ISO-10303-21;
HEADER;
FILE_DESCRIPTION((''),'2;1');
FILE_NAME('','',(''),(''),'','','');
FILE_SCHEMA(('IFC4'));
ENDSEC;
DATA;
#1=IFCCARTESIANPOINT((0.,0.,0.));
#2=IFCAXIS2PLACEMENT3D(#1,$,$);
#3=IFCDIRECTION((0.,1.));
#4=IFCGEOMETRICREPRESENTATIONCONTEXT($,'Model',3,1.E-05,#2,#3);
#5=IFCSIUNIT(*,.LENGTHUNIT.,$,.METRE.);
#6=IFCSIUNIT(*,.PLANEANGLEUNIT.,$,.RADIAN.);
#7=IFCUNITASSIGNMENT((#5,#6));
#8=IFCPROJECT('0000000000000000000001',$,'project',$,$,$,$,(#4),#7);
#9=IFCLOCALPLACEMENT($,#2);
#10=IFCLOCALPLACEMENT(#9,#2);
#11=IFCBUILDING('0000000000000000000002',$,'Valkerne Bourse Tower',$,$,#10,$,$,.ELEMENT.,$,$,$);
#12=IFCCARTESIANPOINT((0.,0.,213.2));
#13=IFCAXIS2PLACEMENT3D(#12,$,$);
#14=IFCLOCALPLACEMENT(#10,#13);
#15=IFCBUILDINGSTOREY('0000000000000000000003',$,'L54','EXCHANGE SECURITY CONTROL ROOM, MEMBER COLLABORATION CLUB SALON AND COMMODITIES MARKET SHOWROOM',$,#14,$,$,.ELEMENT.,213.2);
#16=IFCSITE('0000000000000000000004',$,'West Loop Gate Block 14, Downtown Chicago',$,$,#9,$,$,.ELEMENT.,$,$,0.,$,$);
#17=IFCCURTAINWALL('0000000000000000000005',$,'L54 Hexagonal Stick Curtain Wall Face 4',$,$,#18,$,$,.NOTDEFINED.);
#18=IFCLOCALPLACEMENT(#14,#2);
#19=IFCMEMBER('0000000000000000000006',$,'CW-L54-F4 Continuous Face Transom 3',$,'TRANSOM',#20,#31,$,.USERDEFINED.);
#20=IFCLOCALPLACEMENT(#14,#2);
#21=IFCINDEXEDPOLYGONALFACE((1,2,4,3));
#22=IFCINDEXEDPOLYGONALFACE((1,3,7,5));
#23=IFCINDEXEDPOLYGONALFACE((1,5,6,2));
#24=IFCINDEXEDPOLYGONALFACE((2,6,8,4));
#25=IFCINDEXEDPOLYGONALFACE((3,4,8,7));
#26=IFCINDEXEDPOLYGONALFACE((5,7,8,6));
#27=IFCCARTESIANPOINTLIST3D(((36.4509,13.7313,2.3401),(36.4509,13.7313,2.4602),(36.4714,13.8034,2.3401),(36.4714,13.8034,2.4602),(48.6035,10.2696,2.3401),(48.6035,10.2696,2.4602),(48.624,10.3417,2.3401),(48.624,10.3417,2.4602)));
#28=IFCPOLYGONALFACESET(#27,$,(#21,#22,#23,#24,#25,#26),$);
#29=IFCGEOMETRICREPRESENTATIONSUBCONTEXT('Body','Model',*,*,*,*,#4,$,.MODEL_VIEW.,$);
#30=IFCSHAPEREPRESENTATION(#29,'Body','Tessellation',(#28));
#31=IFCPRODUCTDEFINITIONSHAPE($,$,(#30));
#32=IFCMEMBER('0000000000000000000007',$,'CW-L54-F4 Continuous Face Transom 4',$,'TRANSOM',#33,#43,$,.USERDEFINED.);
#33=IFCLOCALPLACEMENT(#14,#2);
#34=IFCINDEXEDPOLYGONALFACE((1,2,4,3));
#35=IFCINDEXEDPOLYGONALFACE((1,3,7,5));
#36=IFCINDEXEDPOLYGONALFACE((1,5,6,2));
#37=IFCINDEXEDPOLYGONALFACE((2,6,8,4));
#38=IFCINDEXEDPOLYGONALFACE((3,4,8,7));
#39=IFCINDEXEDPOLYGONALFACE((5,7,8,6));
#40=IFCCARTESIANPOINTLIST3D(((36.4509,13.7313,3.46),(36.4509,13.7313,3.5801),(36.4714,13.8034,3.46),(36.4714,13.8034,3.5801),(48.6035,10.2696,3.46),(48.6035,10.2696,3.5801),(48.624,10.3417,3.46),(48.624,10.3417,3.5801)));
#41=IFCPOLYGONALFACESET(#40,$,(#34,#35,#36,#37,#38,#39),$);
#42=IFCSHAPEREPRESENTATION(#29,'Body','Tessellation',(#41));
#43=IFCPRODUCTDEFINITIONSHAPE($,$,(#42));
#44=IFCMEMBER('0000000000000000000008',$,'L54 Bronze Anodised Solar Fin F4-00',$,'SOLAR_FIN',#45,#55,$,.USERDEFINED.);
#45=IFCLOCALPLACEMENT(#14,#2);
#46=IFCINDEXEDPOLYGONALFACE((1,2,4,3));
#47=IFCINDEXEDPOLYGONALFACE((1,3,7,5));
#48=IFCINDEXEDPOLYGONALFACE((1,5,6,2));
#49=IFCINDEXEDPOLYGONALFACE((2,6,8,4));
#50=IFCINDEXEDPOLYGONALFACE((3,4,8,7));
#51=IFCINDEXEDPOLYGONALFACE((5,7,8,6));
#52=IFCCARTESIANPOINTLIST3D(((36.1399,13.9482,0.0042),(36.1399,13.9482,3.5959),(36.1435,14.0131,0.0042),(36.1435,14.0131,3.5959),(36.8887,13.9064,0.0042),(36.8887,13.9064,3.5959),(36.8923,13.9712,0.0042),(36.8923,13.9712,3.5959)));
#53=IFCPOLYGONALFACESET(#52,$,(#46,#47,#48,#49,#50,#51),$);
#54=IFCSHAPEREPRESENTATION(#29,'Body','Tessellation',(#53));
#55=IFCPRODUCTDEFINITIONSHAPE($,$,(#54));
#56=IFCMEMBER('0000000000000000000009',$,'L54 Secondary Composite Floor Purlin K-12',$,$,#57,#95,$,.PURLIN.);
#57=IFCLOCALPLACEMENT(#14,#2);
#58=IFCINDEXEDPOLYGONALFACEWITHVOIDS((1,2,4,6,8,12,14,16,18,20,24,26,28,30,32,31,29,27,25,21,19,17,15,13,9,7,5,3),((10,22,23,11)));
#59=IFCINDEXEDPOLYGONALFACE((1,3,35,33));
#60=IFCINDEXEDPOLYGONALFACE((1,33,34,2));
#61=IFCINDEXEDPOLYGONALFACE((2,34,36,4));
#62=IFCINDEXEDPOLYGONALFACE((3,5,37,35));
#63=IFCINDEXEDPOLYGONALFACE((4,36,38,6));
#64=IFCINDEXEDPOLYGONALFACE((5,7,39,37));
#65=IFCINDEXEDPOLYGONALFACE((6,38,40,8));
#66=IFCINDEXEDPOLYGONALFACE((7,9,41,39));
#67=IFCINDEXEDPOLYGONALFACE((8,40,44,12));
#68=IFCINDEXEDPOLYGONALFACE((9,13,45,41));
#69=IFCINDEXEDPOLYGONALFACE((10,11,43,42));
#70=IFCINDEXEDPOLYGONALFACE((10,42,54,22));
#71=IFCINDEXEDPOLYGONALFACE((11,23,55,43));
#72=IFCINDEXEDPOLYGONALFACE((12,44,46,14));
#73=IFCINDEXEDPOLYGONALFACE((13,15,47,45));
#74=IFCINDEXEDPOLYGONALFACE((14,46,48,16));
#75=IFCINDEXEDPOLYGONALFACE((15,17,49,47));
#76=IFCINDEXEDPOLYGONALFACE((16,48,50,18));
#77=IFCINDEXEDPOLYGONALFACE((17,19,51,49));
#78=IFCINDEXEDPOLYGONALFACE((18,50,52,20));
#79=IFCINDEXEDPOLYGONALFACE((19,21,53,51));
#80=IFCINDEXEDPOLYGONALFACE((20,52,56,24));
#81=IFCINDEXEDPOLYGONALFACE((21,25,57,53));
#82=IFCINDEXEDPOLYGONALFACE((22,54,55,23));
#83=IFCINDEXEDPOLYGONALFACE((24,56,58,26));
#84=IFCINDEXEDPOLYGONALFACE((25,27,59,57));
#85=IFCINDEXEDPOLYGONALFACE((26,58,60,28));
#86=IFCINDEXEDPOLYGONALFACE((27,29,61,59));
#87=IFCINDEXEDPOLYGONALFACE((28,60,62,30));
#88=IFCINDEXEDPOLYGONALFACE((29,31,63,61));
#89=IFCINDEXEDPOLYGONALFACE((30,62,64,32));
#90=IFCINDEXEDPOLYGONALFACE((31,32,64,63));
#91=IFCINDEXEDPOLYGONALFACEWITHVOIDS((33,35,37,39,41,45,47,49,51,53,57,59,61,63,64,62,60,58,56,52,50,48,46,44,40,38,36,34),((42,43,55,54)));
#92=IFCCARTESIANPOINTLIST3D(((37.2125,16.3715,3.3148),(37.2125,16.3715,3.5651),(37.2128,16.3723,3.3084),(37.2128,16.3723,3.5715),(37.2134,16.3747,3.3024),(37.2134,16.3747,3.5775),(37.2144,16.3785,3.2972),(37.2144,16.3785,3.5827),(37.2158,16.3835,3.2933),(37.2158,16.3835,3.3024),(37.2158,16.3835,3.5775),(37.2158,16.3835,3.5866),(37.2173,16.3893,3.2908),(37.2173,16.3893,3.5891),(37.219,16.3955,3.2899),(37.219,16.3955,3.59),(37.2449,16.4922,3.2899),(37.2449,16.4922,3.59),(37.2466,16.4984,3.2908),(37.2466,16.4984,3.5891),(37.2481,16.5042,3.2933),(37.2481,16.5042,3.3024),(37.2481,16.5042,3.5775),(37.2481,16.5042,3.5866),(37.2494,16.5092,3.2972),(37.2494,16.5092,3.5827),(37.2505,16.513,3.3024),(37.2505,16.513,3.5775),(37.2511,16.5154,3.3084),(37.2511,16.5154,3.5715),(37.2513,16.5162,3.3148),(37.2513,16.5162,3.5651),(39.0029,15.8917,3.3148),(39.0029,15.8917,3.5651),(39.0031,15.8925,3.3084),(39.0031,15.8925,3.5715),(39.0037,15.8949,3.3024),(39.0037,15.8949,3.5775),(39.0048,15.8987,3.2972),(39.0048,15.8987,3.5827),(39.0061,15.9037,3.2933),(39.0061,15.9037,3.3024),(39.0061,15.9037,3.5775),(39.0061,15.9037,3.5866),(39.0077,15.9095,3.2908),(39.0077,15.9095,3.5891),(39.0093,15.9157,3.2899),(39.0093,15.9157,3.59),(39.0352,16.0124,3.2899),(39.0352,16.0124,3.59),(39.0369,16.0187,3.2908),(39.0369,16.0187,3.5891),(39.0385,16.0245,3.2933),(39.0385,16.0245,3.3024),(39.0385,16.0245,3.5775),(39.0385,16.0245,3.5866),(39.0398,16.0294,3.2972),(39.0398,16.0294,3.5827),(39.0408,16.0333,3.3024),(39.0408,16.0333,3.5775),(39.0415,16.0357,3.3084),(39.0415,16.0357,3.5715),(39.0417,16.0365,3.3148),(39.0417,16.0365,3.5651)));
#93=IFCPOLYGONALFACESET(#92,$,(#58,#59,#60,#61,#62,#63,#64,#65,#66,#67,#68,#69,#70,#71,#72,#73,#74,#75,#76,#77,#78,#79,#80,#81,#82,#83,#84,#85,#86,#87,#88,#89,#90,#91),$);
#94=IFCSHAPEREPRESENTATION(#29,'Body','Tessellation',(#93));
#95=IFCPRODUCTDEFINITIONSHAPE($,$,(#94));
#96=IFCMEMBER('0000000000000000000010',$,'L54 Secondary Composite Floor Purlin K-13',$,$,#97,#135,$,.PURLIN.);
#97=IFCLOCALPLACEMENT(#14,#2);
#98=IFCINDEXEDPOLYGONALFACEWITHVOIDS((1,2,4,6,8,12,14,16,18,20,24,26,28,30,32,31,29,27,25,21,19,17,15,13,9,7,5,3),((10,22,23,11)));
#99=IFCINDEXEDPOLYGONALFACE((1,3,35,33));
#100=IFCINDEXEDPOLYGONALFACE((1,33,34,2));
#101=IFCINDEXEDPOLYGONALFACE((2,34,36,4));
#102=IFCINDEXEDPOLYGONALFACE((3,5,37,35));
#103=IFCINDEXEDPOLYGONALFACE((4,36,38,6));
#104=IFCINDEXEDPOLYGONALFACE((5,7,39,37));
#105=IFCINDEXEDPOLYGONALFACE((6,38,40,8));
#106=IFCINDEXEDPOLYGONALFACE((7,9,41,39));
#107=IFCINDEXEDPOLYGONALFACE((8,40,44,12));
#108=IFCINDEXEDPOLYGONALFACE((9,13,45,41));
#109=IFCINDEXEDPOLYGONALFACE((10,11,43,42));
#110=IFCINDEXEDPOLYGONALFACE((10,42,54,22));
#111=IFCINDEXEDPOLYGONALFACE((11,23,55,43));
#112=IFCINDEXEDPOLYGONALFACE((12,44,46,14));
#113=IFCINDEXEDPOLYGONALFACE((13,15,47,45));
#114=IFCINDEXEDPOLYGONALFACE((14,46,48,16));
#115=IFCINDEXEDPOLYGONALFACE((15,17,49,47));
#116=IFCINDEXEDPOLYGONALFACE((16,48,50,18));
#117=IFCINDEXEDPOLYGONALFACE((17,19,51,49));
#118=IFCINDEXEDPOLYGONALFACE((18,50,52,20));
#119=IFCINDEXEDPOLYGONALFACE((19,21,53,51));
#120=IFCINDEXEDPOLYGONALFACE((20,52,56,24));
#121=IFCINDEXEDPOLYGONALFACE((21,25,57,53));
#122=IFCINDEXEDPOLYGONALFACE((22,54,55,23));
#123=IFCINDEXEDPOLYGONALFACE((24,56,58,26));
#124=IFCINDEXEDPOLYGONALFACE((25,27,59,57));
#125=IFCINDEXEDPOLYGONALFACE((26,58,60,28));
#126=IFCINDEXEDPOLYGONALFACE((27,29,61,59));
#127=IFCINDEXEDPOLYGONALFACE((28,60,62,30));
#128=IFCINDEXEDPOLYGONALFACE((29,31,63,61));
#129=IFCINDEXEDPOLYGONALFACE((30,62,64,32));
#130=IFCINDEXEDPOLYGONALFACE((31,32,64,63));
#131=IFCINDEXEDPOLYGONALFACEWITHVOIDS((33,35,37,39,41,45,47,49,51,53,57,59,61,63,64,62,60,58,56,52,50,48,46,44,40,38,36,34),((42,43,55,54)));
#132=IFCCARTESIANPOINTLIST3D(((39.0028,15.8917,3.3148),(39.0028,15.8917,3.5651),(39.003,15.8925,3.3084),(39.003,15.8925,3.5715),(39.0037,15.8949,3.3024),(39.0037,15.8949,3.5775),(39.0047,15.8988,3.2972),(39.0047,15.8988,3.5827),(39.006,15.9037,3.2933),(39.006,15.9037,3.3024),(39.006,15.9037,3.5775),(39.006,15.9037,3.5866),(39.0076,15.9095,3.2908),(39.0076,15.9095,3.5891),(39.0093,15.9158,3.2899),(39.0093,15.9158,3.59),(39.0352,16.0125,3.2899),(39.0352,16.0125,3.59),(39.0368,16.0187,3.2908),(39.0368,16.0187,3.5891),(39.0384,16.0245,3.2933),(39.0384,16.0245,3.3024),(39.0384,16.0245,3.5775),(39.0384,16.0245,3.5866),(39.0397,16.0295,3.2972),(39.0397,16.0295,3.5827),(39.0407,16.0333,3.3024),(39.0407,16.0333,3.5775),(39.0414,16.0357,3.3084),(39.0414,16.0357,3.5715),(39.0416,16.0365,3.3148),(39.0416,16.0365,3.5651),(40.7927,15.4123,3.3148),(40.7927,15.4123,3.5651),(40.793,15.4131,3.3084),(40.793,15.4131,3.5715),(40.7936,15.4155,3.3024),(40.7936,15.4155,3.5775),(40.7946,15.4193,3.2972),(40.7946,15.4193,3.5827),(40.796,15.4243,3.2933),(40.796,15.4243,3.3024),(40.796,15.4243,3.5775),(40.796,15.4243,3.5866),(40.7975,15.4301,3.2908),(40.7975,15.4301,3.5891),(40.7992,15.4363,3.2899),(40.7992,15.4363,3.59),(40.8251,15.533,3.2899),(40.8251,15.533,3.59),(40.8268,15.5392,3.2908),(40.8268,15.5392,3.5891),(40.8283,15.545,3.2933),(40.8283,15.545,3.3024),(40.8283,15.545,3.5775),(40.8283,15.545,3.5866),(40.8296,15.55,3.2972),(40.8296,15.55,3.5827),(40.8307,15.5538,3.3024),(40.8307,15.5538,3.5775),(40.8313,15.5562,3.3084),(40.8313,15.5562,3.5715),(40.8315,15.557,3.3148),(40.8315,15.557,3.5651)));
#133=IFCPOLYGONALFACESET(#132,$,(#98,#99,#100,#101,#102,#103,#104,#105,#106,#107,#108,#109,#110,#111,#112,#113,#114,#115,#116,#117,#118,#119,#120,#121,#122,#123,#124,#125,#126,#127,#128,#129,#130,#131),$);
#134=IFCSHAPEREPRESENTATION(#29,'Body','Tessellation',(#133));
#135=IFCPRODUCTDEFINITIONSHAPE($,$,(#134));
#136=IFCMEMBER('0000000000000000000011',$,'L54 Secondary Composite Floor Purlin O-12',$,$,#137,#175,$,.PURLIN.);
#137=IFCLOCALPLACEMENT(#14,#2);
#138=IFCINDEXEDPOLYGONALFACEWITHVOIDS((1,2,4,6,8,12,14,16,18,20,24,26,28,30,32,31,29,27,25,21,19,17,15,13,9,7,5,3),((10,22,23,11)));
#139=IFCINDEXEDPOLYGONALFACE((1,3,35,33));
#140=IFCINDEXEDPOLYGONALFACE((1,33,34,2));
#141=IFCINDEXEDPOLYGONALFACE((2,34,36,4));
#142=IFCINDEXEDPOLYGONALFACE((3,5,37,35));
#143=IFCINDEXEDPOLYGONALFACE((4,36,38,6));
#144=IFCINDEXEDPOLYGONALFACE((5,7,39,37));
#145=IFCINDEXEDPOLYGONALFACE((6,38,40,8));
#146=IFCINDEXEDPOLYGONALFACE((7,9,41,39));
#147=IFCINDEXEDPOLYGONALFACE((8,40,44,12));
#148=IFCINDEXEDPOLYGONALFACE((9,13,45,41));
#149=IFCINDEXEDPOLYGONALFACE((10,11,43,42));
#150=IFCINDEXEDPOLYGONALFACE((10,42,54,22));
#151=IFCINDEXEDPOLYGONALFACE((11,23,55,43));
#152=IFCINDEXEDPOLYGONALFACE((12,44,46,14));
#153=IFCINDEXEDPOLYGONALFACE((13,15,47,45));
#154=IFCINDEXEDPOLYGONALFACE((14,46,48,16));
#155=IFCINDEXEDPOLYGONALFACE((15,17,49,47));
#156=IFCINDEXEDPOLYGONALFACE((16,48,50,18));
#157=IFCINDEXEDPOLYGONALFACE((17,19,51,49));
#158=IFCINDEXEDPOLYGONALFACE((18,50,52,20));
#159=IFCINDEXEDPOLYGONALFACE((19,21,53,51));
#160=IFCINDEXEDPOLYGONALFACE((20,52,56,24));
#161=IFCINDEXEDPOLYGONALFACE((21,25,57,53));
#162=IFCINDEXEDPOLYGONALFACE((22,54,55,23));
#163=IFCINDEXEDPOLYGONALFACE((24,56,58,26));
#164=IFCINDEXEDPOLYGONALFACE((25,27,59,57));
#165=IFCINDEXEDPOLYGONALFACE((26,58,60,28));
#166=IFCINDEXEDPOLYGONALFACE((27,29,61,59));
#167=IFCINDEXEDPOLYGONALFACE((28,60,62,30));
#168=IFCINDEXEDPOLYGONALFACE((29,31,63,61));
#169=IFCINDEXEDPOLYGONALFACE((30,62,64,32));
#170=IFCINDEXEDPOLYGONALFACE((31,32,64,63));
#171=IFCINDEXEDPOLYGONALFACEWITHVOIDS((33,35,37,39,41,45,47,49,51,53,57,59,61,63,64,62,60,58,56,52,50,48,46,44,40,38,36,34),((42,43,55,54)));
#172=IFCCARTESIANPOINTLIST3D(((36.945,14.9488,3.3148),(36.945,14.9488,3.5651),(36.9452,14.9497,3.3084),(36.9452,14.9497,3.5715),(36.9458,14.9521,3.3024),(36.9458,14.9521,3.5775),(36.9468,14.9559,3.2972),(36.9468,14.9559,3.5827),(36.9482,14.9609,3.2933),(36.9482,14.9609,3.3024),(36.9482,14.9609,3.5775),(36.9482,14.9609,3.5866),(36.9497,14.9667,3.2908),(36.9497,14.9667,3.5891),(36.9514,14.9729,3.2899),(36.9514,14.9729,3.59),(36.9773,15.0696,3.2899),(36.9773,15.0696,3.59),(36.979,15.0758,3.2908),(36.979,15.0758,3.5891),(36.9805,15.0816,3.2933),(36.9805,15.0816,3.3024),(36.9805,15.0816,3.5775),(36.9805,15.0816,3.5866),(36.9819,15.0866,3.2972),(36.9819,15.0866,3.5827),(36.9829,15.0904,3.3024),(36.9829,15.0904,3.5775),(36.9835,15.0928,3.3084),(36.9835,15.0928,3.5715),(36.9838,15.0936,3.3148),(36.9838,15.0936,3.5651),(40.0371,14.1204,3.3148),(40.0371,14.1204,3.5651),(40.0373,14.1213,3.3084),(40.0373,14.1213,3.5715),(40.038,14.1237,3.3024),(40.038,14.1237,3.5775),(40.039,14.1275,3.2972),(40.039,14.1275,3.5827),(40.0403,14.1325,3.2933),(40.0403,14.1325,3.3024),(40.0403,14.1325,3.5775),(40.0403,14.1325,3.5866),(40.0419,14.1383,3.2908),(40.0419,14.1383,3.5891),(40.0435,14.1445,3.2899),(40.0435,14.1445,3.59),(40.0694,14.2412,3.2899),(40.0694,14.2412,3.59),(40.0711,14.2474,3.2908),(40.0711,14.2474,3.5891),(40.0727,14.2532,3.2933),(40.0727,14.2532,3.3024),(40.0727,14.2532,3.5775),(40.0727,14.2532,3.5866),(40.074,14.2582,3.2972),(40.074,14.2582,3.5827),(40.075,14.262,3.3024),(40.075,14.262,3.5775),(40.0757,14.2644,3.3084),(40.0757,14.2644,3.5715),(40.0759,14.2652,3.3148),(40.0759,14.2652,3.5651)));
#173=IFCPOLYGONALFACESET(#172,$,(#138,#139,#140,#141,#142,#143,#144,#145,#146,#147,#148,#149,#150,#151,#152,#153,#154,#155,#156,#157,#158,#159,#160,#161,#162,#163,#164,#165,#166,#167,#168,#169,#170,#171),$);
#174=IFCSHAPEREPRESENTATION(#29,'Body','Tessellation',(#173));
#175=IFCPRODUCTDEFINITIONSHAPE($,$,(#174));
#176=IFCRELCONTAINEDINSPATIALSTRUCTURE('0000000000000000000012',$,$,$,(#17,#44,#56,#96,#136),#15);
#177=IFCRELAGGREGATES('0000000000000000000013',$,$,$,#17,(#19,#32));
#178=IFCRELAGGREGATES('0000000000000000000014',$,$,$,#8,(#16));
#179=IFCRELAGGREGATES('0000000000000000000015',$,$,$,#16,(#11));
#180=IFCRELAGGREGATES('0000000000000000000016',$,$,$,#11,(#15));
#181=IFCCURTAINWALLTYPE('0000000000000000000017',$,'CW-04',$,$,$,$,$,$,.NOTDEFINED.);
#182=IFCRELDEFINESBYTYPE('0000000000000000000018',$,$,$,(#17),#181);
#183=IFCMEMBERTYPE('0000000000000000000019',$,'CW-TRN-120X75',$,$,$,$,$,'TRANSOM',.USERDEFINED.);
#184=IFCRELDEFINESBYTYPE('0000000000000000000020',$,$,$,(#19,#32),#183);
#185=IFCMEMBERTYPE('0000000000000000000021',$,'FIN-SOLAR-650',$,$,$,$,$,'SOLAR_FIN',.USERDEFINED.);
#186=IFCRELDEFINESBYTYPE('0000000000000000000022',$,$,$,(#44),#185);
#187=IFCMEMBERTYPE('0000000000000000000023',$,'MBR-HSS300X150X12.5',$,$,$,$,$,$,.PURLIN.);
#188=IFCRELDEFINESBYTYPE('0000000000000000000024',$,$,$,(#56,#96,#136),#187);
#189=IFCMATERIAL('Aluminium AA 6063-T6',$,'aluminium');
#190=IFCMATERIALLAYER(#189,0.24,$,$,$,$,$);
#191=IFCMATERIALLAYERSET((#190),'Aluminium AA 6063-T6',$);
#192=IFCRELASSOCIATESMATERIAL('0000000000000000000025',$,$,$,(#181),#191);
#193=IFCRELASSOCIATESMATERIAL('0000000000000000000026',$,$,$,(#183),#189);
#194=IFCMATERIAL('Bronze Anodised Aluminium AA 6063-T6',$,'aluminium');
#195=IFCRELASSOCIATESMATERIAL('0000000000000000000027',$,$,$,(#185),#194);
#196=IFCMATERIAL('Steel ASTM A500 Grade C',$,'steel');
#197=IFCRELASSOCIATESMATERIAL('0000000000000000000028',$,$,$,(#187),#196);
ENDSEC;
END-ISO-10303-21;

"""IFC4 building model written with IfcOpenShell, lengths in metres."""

from ifc_helpers import new_model, si_unit, direction, frame, origin, origin_2d, place, context, subcontext, project, spatial, rectangle, hollow_rectangle, extrude, material, layer, layer_set, material_profile, profile_set, type_object, element, aggregate, save


model = new_model("IFC4")

# Units and contexts
model_context = context("Model", 3, precision=1e-05, world=origin(), true_north=direction((0.0, 1.0)))
body_context = subcontext(model_context, "Body", "Model", "MODEL_VIEW")
ifc_project = project(units=[si_unit("LENGTHUNIT", "METRE"), si_unit("PLANEANGLEUNIT", "RADIAN")], contexts=[model_context])

# Site, building, storey
site_placement = place(None, origin())
site = spatial("IfcSite", under=ifc_project, at=site_placement, Name="West Loop Gate Block 14, Downtown Chicago", CompositionType="ELEMENT", RefElevation=0.0)
building_placement = place(site_placement, origin())
building = spatial("IfcBuilding", under=site, at=building_placement, Name="Valkerne Bourse Tower", CompositionType="ELEMENT")
storey_placement = place(building_placement, frame((0.0, 0.0, 213.2)))
storey = spatial("IfcBuildingStorey", under=building, at=storey_placement, Name="L54", Description="EXCHANGE SECURITY CONTROL ROOM, MEMBER COLLABORATION CLUB SALON AND COMMODITIES MARKET SHOWROOM", CompositionType="ELEMENT", Elevation=213.2)

# Curtain wall, members
ifc_material_1 = material(Name="Aluminium AA 6063-T6", Category="aluminium")
ifc_layer_1 = layer(ifc_material_1, 0.24)
ifc_layer_set_1 = layer_set([ifc_layer_1], Name="Aluminium AA 6063-T6")
curtain_wall_type = type_object("IfcCurtainWallType", Name="CW-04", PredefinedType="NOTDEFINED", material=ifc_layer_set_1)
curtain_wall_placement = place(storey_placement, origin())
curtain_wall = element("IfcCurtainWall", 1, at=curtain_wall_placement, inside=storey, type_object=curtain_wall_type, Name="L54 Hexagonal Stick Curtain Wall Face 4", PredefinedType="NOTDEFINED")
ifc_material_profile_1 = material_profile(ifc_material_1, rectangle(XDim=0.075, YDim=0.1201, at=origin_2d()), Name="CWT-75X120")
ifc_profile_set_1 = profile_set([ifc_material_profile_1], Name="Aluminium AA 6063-T6")
member_type_1 = type_object("IfcMemberType", Name="CW-TRN-120X75", ElementType="TRANSOM", PredefinedType="USERDEFINED", material=ifc_profile_set_1)
member_1_placement = place(storey_placement, frame((36.4612, 13.7673, 2.4001), z_axis=(0.961743, -0.273953, 0.0), x_axis=(0.273953, 0.961743, 0.0)))
member_1 = element("IfcMember", 2, at=member_1_placement, type_object=member_type_1, Name="CW-L54-F4 Continuous Face Transom 3", ObjectType="TRANSOM", PredefinedType="USERDEFINED", context=body_context, shape_type="SweptSolid", body=[
    extrude(rectangle(XDim=0.075, YDim=0.1201, at=origin_2d()), origin(), (0.0, 0.0, 1.0), 12.636),
])
member_2_placement = place(storey_placement, frame((36.4612, 13.7673, 3.52), z_axis=(0.961743, -0.273953, 0.0), x_axis=(0.273953, 0.961743, 0.0)))
member_2 = element("IfcMember", 3, at=member_2_placement, type_object=member_type_1, Name="CW-L54-F4 Continuous Face Transom 4", ObjectType="TRANSOM", PredefinedType="USERDEFINED", context=body_context, shape_type="SweptSolid", body=[
    extrude(rectangle(XDim=0.075, YDim=0.1201, at=origin_2d()), origin(), (0.0, 0.0, 1.0), 12.636),
])

# Members
ifc_material_2 = material(Name="Bronze Anodised Aluminium AA 6063-T6", Category="aluminium")
ifc_material_profile_2 = material_profile(ifc_material_2, rectangle(XDim=0.0649, YDim=0.75, at=origin_2d()), Name="FIN-65X750")
ifc_profile_set_2 = profile_set([ifc_material_profile_2], Name="Bronze Anodised Aluminium AA 6063-T6")
member_type_2 = type_object("IfcMemberType", Name="FIN-SOLAR-650", ElementType="SOLAR_FIN", PredefinedType="USERDEFINED", material=ifc_profile_set_2)
member_3_placement = place(storey_placement, frame((36.5161, 13.9597, 0.0042), z_axis=(0.0, 0.0, 1.0), x_axis=(-0.055845, -0.998439, 0.0)))
element("IfcMember", 4, at=member_3_placement, inside=storey, type_object=member_type_2, Name="L54 Bronze Anodised Solar Fin F4-00", ObjectType="SOLAR_FIN", PredefinedType="USERDEFINED", context=body_context, shape_type="SweptSolid", body=[
    extrude(rectangle(XDim=0.0649, YDim=0.75, at=origin_2d()), origin(), (0.0, 0.0, 1.0), 3.5918),
])
ifc_material_3 = material(Name="Steel ASTM A500 Grade C", Category="steel")
ifc_material_profile_3 = material_profile(ifc_material_3, hollow_rectangle(XDim=0.1499, YDim=0.3, WallThickness=0.0125, OuterFilletRadius=0.0249, at=origin_2d()), Name="HSS300X150X12.5")
ifc_profile_set_3 = profile_set([ifc_material_profile_3], Name="Steel ASTM A500 Grade C")
member_type_3 = type_object("IfcMemberType", Name="MBR-HSS300X150X12.5", PredefinedType="PURLIN", material=ifc_profile_set_3)
member_4_placement = place(storey_placement, frame((37.2319, 16.4438, 3.4399), z_axis=(0.965922, -0.258835, 0.0), x_axis=(0.258835, 0.965922, 0.0)))
element("IfcMember", 5, at=member_4_placement, inside=storey, type_object=member_type_3, Name="L54 Secondary Composite Floor Purlin K-12", PredefinedType="PURLIN", context=body_context, shape_type="SweptSolid", body=[
    extrude(hollow_rectangle(XDim=0.1499, YDim=0.3, WallThickness=0.0125, OuterFilletRadius=0.0249, at=origin_2d()), origin(), (0.0, 0.0, 1.0), 1.8535),
])
member_5_placement = place(storey_placement, frame((39.0222, 15.9641, 3.4399), z_axis=(0.965946, -0.258745, 0.0), x_axis=(0.258745, 0.965946, 0.0)))
element("IfcMember", 6, at=member_5_placement, inside=storey, type_object=member_type_3, Name="L54 Secondary Composite Floor Purlin K-13", PredefinedType="PURLIN", context=body_context, shape_type="SweptSolid", body=[
    extrude(hollow_rectangle(XDim=0.1499, YDim=0.3, WallThickness=0.0125, OuterFilletRadius=0.0249, at=origin_2d()), origin(), (0.0, 0.0, 1.0), 1.853),
])
for number, where, z_axis, x_axis, name in (
    (7, (36.9644, 15.0212, 3.4399), (0.965937, -0.258778, 0.0), (0.258778, 0.965937, 0.0), "L54 Secondary Composite Floor Purlin O-12"),
):
    element("IfcMember", number, at=place(storey_placement, frame(where, z_axis=z_axis, x_axis=x_axis)), inside=storey, type_object=member_type_3, Name=name, PredefinedType="PURLIN", context=body_context, shape_type="SweptSolid", body=[
        extrude(hollow_rectangle(XDim=0.1499, YDim=0.3, WallThickness=0.0125, OuterFilletRadius=0.0249, at=origin_2d()), origin(), (0.0, 0.0, 1.0), 3.2012),
    ])

aggregate(curtain_wall, [member_1, member_2])

save(model, "model.ifc")
